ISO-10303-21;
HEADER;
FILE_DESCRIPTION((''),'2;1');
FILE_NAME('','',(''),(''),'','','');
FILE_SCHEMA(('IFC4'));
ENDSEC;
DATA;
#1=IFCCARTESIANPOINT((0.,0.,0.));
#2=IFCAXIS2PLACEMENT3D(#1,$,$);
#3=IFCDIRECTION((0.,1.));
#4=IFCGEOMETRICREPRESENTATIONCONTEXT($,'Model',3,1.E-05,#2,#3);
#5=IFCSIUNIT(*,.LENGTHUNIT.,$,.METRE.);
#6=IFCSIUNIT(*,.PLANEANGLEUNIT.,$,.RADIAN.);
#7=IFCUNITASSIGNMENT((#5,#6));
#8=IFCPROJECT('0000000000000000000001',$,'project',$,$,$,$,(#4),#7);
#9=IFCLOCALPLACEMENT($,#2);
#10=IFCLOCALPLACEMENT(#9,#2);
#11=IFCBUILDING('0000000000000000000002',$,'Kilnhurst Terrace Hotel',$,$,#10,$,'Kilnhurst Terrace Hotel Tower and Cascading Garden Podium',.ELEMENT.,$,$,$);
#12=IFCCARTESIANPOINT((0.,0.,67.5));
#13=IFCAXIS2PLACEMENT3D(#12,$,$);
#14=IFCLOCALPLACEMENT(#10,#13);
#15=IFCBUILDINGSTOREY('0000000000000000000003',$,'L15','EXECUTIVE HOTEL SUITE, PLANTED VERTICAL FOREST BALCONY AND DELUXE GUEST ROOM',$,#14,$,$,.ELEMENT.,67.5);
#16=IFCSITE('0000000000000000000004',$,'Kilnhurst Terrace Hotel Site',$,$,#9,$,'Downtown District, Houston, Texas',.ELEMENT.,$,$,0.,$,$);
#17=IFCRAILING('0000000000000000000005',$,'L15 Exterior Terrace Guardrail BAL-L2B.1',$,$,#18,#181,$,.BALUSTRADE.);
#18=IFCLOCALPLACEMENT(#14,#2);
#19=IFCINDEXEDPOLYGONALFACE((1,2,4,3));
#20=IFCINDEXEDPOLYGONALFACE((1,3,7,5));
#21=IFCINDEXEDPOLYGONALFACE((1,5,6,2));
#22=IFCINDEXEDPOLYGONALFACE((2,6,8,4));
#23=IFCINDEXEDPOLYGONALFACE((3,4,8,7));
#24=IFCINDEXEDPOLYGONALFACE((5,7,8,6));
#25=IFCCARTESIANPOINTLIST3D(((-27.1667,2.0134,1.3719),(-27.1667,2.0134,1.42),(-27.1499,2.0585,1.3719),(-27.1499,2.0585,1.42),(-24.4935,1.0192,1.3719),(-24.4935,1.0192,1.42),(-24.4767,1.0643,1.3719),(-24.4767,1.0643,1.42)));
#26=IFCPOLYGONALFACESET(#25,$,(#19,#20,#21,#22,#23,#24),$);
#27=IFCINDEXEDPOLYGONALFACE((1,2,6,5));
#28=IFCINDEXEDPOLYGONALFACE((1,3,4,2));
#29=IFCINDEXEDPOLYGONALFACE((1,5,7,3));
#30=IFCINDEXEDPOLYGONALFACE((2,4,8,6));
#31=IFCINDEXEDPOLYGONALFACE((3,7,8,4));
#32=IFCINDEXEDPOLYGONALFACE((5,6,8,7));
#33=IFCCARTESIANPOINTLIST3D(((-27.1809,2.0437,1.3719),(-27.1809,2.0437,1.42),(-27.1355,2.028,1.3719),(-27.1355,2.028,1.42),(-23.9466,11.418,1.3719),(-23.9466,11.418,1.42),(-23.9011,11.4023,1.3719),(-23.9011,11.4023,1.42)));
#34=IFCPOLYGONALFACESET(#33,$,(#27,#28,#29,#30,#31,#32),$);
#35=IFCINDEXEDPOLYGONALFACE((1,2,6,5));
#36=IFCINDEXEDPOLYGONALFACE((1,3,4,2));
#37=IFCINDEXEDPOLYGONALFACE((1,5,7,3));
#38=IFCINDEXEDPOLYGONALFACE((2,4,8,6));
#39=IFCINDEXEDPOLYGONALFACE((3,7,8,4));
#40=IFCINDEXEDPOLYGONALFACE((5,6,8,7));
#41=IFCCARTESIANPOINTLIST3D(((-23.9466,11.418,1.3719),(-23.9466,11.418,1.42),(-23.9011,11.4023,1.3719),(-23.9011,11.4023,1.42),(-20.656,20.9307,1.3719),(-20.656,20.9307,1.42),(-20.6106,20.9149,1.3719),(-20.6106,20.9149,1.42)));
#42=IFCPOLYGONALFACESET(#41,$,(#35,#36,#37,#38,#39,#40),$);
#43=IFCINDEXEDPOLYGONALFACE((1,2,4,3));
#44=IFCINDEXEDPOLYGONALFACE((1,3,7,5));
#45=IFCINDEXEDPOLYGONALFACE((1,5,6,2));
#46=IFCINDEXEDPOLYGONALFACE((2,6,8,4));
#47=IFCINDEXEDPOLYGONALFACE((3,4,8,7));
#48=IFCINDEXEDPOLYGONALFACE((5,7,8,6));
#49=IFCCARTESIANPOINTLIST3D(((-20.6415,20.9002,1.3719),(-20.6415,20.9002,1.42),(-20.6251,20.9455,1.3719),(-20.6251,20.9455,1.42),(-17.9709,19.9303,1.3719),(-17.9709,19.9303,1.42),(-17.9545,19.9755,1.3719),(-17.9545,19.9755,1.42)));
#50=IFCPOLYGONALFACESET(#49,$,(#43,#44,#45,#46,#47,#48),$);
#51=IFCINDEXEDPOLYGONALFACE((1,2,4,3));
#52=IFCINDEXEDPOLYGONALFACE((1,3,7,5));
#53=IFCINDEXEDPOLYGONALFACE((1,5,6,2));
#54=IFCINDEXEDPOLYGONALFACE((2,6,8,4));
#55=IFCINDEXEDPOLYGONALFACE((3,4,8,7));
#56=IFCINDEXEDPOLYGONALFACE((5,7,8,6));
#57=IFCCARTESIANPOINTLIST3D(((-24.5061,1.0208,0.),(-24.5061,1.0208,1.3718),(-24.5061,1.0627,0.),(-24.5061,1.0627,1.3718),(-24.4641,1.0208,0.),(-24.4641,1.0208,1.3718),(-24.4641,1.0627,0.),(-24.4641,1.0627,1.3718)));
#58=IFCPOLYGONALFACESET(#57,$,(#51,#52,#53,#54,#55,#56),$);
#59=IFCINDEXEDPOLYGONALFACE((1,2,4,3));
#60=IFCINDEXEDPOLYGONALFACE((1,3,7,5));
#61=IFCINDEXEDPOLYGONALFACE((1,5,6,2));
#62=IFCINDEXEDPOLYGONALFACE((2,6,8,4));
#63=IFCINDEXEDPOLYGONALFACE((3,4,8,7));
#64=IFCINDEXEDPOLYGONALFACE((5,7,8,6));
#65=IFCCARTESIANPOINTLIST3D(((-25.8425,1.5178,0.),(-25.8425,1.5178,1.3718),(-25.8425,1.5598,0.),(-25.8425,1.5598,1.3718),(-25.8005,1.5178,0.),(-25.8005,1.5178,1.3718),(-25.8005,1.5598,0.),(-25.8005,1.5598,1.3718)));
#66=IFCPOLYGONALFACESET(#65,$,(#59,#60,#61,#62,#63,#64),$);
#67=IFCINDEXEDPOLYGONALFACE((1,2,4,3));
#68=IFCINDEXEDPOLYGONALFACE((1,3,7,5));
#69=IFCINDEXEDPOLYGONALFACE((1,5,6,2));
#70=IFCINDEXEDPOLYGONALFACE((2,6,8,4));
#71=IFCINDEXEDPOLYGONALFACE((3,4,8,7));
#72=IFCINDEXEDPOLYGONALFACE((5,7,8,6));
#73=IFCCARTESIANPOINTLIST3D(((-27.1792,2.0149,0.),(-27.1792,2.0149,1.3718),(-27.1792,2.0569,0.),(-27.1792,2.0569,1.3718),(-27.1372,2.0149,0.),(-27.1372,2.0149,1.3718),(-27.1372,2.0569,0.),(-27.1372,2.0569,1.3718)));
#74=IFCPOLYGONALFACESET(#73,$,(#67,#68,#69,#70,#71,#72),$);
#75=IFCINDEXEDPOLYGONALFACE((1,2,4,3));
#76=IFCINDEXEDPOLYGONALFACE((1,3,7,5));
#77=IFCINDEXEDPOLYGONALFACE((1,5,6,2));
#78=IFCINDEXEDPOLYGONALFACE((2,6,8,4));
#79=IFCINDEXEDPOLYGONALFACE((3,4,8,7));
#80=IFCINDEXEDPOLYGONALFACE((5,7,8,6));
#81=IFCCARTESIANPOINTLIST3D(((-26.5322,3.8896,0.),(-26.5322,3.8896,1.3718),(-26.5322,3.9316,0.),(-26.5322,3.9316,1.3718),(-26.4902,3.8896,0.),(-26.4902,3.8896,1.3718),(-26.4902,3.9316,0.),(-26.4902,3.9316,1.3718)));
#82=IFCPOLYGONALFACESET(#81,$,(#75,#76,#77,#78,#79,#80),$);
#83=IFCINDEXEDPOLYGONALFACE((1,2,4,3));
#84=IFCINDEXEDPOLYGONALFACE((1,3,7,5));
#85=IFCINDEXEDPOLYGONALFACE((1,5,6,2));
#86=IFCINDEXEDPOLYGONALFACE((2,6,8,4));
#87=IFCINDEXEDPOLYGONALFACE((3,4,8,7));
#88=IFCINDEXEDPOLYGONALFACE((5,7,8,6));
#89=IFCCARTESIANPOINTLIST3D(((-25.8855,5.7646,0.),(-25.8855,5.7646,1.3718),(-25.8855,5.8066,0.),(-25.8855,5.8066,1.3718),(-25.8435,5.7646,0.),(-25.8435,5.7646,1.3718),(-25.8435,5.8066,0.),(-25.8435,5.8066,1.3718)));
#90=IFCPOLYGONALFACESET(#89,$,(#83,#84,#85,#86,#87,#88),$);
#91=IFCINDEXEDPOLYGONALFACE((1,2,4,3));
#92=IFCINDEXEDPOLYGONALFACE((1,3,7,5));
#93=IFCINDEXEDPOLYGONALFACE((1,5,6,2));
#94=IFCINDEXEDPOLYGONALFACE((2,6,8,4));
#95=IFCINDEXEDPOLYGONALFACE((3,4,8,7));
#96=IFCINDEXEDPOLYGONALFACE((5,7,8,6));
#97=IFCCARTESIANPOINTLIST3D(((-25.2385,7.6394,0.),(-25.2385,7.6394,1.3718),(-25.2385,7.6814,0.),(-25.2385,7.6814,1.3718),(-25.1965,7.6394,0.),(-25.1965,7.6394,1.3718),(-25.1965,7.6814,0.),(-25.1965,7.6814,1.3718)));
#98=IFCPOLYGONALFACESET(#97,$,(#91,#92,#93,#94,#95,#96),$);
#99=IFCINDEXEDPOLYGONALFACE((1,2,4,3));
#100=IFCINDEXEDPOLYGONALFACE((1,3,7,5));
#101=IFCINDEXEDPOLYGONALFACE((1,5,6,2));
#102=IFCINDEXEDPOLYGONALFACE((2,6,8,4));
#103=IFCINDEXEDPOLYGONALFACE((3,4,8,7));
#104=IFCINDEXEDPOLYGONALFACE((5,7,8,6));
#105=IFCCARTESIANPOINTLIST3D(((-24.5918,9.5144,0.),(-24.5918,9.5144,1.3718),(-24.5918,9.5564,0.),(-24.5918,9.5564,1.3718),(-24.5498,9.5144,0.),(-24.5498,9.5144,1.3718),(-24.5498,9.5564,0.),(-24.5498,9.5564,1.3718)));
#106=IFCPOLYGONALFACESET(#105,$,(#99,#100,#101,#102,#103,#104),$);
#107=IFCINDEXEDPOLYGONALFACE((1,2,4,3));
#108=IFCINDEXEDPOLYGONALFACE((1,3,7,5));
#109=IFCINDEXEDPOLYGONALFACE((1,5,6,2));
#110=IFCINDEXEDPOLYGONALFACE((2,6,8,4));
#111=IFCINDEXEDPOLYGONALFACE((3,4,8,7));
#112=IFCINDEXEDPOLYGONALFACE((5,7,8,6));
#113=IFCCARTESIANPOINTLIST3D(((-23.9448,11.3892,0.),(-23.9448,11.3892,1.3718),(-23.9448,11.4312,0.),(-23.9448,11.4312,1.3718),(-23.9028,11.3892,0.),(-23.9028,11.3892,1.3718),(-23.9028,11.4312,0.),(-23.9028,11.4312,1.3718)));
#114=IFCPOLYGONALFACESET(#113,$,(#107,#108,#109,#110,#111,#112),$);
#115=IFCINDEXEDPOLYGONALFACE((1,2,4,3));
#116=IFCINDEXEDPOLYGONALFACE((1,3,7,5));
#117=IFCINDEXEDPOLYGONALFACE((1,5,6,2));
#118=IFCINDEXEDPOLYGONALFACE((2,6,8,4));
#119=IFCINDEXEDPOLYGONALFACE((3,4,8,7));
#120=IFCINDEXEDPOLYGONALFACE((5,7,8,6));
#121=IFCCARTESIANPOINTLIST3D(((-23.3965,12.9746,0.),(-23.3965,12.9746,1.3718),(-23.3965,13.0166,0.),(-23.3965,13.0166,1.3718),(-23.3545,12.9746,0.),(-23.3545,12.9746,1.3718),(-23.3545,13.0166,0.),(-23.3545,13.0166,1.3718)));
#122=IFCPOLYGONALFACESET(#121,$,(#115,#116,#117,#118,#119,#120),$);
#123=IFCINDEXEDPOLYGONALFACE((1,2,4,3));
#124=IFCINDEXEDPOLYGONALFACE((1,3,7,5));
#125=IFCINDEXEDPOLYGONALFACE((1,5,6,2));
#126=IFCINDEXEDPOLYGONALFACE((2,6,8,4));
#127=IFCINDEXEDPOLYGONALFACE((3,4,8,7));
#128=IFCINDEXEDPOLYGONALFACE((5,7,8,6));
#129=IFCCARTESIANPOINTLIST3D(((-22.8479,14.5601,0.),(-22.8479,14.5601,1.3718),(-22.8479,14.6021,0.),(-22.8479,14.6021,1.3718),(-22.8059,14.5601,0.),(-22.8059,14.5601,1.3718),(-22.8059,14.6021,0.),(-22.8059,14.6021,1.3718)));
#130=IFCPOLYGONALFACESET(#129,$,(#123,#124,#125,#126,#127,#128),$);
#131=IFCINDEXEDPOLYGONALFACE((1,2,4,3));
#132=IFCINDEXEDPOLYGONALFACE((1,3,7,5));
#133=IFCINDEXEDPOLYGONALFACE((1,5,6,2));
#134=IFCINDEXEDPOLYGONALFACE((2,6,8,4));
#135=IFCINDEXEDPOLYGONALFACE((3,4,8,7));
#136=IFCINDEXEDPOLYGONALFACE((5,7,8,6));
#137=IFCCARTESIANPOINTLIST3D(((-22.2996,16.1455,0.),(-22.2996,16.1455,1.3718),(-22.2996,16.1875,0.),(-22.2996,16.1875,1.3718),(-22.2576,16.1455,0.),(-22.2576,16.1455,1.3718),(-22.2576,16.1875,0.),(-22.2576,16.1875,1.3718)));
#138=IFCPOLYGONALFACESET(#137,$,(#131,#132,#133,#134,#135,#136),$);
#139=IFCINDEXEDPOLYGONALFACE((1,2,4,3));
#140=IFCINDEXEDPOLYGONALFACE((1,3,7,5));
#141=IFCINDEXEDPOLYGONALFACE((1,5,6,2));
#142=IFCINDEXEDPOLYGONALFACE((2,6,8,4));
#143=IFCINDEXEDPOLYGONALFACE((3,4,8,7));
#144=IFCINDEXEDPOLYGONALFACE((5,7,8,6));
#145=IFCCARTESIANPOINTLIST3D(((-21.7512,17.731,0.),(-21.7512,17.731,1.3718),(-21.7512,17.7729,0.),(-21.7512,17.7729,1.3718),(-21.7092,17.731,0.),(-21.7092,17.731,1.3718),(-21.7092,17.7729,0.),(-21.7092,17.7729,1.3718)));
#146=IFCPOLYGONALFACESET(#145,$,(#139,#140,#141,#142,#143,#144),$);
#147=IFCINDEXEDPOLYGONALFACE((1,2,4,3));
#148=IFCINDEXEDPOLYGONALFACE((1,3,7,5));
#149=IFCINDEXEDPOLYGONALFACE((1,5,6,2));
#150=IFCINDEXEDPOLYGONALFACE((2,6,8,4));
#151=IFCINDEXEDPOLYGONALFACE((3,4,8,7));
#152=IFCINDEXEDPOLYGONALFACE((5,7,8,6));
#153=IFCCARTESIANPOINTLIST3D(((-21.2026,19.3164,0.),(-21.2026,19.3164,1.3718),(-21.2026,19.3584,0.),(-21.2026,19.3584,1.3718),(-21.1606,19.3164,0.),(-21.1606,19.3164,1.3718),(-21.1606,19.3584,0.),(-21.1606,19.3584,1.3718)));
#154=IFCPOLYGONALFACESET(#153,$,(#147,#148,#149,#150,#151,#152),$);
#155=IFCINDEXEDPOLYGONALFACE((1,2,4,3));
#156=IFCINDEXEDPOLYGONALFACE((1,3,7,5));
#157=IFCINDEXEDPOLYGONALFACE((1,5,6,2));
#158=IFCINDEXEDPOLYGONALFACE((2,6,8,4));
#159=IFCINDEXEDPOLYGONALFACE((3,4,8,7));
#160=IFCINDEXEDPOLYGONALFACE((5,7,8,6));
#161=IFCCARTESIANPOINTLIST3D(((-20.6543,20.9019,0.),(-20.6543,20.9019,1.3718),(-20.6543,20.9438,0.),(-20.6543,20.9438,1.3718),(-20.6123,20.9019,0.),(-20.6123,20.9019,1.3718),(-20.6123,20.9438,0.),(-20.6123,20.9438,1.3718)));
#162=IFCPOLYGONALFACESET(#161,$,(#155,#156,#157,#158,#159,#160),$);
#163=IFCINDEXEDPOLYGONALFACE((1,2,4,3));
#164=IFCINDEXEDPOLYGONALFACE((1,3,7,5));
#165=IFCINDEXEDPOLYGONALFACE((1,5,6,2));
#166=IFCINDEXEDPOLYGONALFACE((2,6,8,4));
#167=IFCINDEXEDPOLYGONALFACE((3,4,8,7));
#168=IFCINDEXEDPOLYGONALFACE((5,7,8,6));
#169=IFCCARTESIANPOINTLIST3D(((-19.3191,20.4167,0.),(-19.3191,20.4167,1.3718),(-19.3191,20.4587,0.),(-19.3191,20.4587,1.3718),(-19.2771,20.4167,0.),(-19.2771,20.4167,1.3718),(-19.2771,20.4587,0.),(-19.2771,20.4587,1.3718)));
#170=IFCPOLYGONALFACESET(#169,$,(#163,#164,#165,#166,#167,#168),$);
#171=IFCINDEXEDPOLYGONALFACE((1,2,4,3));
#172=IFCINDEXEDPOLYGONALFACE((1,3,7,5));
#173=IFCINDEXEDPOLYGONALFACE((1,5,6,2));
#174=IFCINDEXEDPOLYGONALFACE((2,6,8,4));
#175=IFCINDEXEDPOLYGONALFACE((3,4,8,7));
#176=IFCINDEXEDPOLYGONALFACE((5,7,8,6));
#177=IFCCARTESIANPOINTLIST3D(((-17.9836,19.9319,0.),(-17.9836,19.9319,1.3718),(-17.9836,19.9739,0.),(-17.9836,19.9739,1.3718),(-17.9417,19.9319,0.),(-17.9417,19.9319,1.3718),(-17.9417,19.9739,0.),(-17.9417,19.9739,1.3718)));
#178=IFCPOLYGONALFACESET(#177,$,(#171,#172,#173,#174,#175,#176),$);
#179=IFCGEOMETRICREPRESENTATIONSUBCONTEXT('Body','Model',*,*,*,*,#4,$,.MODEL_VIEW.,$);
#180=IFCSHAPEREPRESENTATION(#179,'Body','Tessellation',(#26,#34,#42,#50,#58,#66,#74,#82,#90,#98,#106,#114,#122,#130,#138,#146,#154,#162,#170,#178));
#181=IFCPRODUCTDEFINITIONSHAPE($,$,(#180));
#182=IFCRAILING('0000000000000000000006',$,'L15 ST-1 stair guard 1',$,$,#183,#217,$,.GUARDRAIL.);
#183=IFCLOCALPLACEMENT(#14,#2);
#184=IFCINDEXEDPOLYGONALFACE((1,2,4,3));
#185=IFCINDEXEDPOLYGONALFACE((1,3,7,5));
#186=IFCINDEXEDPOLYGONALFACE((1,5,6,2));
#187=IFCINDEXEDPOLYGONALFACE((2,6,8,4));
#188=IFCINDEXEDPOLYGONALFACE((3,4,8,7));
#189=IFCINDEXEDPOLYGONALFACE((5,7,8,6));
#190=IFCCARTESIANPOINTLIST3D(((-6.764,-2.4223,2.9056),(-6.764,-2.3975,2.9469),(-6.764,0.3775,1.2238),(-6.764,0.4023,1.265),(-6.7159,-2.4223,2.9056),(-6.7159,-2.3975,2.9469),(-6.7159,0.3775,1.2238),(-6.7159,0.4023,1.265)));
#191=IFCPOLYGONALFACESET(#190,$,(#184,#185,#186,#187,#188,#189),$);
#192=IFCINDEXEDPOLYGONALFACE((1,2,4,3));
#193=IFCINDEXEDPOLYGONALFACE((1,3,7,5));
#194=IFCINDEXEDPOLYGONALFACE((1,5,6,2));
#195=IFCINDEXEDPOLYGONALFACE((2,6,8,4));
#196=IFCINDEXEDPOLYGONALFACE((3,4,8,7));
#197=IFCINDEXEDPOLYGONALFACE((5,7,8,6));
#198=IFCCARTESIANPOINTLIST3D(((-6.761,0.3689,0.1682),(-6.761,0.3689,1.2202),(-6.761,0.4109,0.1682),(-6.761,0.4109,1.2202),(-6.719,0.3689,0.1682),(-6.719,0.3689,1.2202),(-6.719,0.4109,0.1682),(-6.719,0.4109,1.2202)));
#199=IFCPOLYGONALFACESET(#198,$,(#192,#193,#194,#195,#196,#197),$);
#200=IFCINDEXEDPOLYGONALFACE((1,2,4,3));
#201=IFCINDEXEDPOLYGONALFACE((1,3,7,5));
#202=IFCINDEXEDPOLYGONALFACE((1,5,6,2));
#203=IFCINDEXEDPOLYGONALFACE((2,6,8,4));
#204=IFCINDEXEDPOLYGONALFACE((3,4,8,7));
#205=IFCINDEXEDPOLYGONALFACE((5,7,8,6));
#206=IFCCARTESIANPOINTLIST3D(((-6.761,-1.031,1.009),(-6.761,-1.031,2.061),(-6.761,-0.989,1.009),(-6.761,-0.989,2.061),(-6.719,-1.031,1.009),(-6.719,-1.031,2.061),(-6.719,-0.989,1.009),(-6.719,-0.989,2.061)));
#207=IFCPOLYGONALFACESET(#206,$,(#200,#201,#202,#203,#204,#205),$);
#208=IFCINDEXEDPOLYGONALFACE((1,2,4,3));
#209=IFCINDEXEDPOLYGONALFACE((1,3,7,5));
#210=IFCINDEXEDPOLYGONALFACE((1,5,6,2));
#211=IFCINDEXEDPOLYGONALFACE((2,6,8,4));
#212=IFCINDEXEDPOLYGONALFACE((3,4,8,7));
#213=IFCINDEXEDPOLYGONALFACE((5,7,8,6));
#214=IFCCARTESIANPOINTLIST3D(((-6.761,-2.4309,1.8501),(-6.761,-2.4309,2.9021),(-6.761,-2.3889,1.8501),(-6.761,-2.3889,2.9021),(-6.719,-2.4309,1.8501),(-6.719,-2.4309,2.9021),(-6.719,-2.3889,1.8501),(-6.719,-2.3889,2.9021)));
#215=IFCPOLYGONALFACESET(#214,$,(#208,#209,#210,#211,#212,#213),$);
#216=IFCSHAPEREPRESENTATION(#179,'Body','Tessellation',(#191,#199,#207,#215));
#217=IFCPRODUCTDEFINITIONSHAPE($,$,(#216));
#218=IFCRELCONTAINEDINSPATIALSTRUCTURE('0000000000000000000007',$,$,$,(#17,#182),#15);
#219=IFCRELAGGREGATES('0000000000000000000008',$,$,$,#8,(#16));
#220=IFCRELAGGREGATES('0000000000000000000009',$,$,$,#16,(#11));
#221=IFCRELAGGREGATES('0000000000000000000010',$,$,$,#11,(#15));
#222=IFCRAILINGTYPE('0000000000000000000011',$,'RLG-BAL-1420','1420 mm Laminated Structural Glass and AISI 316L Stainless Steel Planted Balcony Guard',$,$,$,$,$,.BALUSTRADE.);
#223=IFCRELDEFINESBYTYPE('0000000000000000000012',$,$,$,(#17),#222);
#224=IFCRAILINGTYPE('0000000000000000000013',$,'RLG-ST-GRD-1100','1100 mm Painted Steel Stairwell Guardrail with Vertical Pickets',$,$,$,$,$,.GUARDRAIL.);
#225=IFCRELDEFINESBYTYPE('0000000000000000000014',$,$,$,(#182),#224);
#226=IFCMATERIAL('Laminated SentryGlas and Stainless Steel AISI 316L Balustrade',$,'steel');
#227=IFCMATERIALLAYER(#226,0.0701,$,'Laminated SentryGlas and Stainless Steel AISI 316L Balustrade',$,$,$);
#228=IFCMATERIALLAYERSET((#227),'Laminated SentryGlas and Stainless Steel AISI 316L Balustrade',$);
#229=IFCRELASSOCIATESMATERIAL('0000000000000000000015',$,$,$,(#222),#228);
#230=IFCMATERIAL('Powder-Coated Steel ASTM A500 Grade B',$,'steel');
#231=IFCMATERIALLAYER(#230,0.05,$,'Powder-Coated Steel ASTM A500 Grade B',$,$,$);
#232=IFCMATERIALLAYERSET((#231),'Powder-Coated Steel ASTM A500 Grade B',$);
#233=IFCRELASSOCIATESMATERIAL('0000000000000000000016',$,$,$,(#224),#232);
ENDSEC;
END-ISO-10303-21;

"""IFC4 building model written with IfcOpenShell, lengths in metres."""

from ifc_helpers import new_model, si_unit, direction, frame, origin, origin_2d, place, context, subcontext, project, spatial, rectangle, extrude, material, layer, layer_set, type_object, element, save


model = new_model("IFC4")

# Units and contexts
model_context = context("Model", 3, precision=1e-05, world=origin(), true_north=direction((0.0, 1.0)))
body_context = subcontext(model_context, "Body", "Model", "MODEL_VIEW")
ifc_project = project(units=[si_unit("LENGTHUNIT", "METRE"), si_unit("PLANEANGLEUNIT", "RADIAN")], contexts=[model_context])

# Site, building, storey
site_placement = place(None, origin())
site = spatial("IfcSite", under=ifc_project, at=site_placement, Name="Kilnhurst Terrace Hotel Site", LongName="Downtown District, Houston, Texas", CompositionType="ELEMENT", RefElevation=0.0)
building_placement = place(site_placement, origin())
building = spatial("IfcBuilding", under=site, at=building_placement, Name="Kilnhurst Terrace Hotel", LongName="Kilnhurst Terrace Hotel Tower and Cascading Garden Podium", CompositionType="ELEMENT")
storey_placement = place(building_placement, frame((0.0, 0.0, 67.5)))
storey = spatial("IfcBuildingStorey", under=building, at=storey_placement, Name="L15", Description="EXECUTIVE HOTEL SUITE, PLANTED VERTICAL FOREST BALCONY AND DELUXE GUEST ROOM", CompositionType="ELEMENT", Elevation=67.5)

# Railings
ifc_material_1 = material(Name="Laminated SentryGlas and Stainless Steel AISI 316L Balustrade", Category="steel")
ifc_layer_1 = layer(ifc_material_1, 0.0701, Name="Laminated SentryGlas and Stainless Steel AISI 316L Balustrade")
ifc_layer_set_1 = layer_set([ifc_layer_1], Name="Laminated SentryGlas and Stainless Steel AISI 316L Balustrade")
railing_type_1 = type_object("IfcRailingType", Name="RLG-BAL-1420", Description="1420 mm Laminated Structural Glass and AISI 316L Stainless Steel Planted Balcony Guard", PredefinedType="BALUSTRADE", material=ifc_layer_set_1)
railing_1_placement = place(storey_placement, frame((-24.4851, 1.0417, 0.0)))
element("IfcRailing", 1, at=railing_1_placement, inside=storey, type_object=railing_type_1, Name="L15 Exterior Terrace Guardrail BAL-L2B.1", PredefinedType="BALUSTRADE", context=body_context, shape_type="SweptSolid", body=[
    extrude(rectangle(XDim=0.0481, YDim=0.0481, at=origin_2d()), frame((0.0, 0.0, 1.396), z_axis=(-0.937279, 0.34858, 0.0), x_axis=(-0.34858, -0.937279, 0.0)), (0.0, 0.0, 1.0), 2.8521),
    extrude(rectangle(XDim=0.0481, YDim=0.0481, at=origin_2d()), frame((-2.6731, 0.9941, 1.396), z_axis=(0.326159, 0.945315, 0.0), x_axis=(-0.945315, 0.326159, 0.0)), (0.0, 0.0, 1.0), 9.9165),
    extrude(rectangle(XDim=0.0481, YDim=0.0481, at=origin_2d()), frame((0.5613, 10.3684, 1.396), z_axis=(0.326904, 0.945058, 0.0), x_axis=(-0.945058, 0.326904, 0.0)), (0.0, 0.0, 1.0), 10.0657),
    extrude(rectangle(XDim=0.0481, YDim=0.0481, at=origin_2d()), frame((3.8518, 19.8811, 1.396), z_axis=(0.939926, -0.341377, 0.0), x_axis=(0.341377, 0.939926, 0.0)), (0.0, 0.0, 1.0), 2.8413),
    extrude(rectangle(XDim=0.042, YDim=0.042, at=origin_2d()), origin(), (0.0, 0.0, 1.0), 1.3718),
    extrude(rectangle(XDim=0.042, YDim=0.042, at=origin_2d()), frame((-1.3364, 0.4971, 0.0)), (0.0, 0.0, 1.0), 1.3718),
    extrude(rectangle(XDim=0.042, YDim=0.042, at=origin_2d()), frame((-2.6731, 0.9941, 0.0)), (0.0, 0.0, 1.0), 1.3718),
    extrude(rectangle(XDim=0.042, YDim=0.042, at=origin_2d()), frame((-2.0261, 2.8689, 0.0)), (0.0, 0.0, 1.0), 1.3718),
    extrude(rectangle(XDim=0.042, YDim=0.042, at=origin_2d()), frame((-1.3794, 4.7439, 0.0)), (0.0, 0.0, 1.0), 1.3718),
    extrude(rectangle(XDim=0.042, YDim=0.042, at=origin_2d()), frame((-0.7324, 6.6187, 0.0)), (0.0, 0.0, 1.0), 1.3718),
    extrude(rectangle(XDim=0.042, YDim=0.042, at=origin_2d()), frame((-0.0857, 8.4937, 0.0)), (0.0, 0.0, 1.0), 1.3718),
    extrude(rectangle(XDim=0.042, YDim=0.042, at=origin_2d()), frame((0.5613, 10.3684, 0.0)), (0.0, 0.0, 1.0), 1.3718),
    extrude(rectangle(XDim=0.042, YDim=0.042, at=origin_2d()), frame((1.1096, 11.9539, 0.0)), (0.0, 0.0, 1.0), 1.3718),
    extrude(rectangle(XDim=0.042, YDim=0.042, at=origin_2d()), frame((1.6582, 13.5393, 0.0)), (0.0, 0.0, 1.0), 1.3718),
    extrude(rectangle(XDim=0.042, YDim=0.042, at=origin_2d()), frame((2.2065, 15.1248, 0.0)), (0.0, 0.0, 1.0), 1.3718),
    extrude(rectangle(XDim=0.042, YDim=0.042, at=origin_2d()), frame((2.7549, 16.7102, 0.0)), (0.0, 0.0, 1.0), 1.3718),
    extrude(rectangle(XDim=0.042, YDim=0.042, at=origin_2d()), frame((3.3035, 18.2957, 0.0)), (0.0, 0.0, 1.0), 1.3718),
    extrude(rectangle(XDim=0.042, YDim=0.042, at=origin_2d()), frame((3.8518, 19.8811, 0.0)), (0.0, 0.0, 1.0), 1.3718),
    extrude(rectangle(XDim=0.042, YDim=0.042, at=origin_2d()), frame((5.187, 19.396, 0.0)), (0.0, 0.0, 1.0), 1.3718),
    extrude(rectangle(XDim=0.042, YDim=0.042, at=origin_2d()), frame((6.5225, 18.9111, 0.0)), (0.0, 0.0, 1.0), 1.3718),
])
ifc_material_2 = material(Name="Powder-Coated Steel ASTM A500 Grade B", Category="steel")
ifc_layer_2 = layer(ifc_material_2, 0.05, Name="Powder-Coated Steel ASTM A500 Grade B")
ifc_layer_set_2 = layer_set([ifc_layer_2], Name="Powder-Coated Steel ASTM A500 Grade B")
railing_type_2 = type_object("IfcRailingType", Name="RLG-ST-GRD-1100", Description="1100 mm Painted Steel Stairwell Guardrail with Vertical Pickets", PredefinedType="GUARDRAIL", material=ifc_layer_set_2)
railing_2_placement = place(storey_placement, frame((-6.74, 0.3899, 0.1682)))
element("IfcRailing", 2, at=railing_2_placement, inside=storey, type_object=railing_type_2, Name="L15 ST-1 stair guard 1", PredefinedType="GUARDRAIL", context=body_context, shape_type="SweptSolid", body=[
    extrude(rectangle(XDim=0.0481, YDim=0.0481, at=origin_2d()), frame((0.0, 0.0, 1.0762), z_axis=(0.0, -0.857222, 0.514946), x_axis=(1.0, 0.0, 0.0)), (0.0, 0.0, 1.0), 3.2661),
    extrude(rectangle(XDim=0.042, YDim=0.042, at=origin_2d()), origin(), (0.0, 0.0, 1.0), 1.052),
    extrude(rectangle(XDim=0.042, YDim=0.042, at=origin_2d()), frame((0.0, -1.3999, 0.8408)), (0.0, 0.0, 1.0), 1.052),
    extrude(rectangle(XDim=0.042, YDim=0.042, at=origin_2d()), frame((0.0, -2.7998, 1.6819)), (0.0, 0.0, 1.0), 1.052),
])

save(model, "model.ifc")
